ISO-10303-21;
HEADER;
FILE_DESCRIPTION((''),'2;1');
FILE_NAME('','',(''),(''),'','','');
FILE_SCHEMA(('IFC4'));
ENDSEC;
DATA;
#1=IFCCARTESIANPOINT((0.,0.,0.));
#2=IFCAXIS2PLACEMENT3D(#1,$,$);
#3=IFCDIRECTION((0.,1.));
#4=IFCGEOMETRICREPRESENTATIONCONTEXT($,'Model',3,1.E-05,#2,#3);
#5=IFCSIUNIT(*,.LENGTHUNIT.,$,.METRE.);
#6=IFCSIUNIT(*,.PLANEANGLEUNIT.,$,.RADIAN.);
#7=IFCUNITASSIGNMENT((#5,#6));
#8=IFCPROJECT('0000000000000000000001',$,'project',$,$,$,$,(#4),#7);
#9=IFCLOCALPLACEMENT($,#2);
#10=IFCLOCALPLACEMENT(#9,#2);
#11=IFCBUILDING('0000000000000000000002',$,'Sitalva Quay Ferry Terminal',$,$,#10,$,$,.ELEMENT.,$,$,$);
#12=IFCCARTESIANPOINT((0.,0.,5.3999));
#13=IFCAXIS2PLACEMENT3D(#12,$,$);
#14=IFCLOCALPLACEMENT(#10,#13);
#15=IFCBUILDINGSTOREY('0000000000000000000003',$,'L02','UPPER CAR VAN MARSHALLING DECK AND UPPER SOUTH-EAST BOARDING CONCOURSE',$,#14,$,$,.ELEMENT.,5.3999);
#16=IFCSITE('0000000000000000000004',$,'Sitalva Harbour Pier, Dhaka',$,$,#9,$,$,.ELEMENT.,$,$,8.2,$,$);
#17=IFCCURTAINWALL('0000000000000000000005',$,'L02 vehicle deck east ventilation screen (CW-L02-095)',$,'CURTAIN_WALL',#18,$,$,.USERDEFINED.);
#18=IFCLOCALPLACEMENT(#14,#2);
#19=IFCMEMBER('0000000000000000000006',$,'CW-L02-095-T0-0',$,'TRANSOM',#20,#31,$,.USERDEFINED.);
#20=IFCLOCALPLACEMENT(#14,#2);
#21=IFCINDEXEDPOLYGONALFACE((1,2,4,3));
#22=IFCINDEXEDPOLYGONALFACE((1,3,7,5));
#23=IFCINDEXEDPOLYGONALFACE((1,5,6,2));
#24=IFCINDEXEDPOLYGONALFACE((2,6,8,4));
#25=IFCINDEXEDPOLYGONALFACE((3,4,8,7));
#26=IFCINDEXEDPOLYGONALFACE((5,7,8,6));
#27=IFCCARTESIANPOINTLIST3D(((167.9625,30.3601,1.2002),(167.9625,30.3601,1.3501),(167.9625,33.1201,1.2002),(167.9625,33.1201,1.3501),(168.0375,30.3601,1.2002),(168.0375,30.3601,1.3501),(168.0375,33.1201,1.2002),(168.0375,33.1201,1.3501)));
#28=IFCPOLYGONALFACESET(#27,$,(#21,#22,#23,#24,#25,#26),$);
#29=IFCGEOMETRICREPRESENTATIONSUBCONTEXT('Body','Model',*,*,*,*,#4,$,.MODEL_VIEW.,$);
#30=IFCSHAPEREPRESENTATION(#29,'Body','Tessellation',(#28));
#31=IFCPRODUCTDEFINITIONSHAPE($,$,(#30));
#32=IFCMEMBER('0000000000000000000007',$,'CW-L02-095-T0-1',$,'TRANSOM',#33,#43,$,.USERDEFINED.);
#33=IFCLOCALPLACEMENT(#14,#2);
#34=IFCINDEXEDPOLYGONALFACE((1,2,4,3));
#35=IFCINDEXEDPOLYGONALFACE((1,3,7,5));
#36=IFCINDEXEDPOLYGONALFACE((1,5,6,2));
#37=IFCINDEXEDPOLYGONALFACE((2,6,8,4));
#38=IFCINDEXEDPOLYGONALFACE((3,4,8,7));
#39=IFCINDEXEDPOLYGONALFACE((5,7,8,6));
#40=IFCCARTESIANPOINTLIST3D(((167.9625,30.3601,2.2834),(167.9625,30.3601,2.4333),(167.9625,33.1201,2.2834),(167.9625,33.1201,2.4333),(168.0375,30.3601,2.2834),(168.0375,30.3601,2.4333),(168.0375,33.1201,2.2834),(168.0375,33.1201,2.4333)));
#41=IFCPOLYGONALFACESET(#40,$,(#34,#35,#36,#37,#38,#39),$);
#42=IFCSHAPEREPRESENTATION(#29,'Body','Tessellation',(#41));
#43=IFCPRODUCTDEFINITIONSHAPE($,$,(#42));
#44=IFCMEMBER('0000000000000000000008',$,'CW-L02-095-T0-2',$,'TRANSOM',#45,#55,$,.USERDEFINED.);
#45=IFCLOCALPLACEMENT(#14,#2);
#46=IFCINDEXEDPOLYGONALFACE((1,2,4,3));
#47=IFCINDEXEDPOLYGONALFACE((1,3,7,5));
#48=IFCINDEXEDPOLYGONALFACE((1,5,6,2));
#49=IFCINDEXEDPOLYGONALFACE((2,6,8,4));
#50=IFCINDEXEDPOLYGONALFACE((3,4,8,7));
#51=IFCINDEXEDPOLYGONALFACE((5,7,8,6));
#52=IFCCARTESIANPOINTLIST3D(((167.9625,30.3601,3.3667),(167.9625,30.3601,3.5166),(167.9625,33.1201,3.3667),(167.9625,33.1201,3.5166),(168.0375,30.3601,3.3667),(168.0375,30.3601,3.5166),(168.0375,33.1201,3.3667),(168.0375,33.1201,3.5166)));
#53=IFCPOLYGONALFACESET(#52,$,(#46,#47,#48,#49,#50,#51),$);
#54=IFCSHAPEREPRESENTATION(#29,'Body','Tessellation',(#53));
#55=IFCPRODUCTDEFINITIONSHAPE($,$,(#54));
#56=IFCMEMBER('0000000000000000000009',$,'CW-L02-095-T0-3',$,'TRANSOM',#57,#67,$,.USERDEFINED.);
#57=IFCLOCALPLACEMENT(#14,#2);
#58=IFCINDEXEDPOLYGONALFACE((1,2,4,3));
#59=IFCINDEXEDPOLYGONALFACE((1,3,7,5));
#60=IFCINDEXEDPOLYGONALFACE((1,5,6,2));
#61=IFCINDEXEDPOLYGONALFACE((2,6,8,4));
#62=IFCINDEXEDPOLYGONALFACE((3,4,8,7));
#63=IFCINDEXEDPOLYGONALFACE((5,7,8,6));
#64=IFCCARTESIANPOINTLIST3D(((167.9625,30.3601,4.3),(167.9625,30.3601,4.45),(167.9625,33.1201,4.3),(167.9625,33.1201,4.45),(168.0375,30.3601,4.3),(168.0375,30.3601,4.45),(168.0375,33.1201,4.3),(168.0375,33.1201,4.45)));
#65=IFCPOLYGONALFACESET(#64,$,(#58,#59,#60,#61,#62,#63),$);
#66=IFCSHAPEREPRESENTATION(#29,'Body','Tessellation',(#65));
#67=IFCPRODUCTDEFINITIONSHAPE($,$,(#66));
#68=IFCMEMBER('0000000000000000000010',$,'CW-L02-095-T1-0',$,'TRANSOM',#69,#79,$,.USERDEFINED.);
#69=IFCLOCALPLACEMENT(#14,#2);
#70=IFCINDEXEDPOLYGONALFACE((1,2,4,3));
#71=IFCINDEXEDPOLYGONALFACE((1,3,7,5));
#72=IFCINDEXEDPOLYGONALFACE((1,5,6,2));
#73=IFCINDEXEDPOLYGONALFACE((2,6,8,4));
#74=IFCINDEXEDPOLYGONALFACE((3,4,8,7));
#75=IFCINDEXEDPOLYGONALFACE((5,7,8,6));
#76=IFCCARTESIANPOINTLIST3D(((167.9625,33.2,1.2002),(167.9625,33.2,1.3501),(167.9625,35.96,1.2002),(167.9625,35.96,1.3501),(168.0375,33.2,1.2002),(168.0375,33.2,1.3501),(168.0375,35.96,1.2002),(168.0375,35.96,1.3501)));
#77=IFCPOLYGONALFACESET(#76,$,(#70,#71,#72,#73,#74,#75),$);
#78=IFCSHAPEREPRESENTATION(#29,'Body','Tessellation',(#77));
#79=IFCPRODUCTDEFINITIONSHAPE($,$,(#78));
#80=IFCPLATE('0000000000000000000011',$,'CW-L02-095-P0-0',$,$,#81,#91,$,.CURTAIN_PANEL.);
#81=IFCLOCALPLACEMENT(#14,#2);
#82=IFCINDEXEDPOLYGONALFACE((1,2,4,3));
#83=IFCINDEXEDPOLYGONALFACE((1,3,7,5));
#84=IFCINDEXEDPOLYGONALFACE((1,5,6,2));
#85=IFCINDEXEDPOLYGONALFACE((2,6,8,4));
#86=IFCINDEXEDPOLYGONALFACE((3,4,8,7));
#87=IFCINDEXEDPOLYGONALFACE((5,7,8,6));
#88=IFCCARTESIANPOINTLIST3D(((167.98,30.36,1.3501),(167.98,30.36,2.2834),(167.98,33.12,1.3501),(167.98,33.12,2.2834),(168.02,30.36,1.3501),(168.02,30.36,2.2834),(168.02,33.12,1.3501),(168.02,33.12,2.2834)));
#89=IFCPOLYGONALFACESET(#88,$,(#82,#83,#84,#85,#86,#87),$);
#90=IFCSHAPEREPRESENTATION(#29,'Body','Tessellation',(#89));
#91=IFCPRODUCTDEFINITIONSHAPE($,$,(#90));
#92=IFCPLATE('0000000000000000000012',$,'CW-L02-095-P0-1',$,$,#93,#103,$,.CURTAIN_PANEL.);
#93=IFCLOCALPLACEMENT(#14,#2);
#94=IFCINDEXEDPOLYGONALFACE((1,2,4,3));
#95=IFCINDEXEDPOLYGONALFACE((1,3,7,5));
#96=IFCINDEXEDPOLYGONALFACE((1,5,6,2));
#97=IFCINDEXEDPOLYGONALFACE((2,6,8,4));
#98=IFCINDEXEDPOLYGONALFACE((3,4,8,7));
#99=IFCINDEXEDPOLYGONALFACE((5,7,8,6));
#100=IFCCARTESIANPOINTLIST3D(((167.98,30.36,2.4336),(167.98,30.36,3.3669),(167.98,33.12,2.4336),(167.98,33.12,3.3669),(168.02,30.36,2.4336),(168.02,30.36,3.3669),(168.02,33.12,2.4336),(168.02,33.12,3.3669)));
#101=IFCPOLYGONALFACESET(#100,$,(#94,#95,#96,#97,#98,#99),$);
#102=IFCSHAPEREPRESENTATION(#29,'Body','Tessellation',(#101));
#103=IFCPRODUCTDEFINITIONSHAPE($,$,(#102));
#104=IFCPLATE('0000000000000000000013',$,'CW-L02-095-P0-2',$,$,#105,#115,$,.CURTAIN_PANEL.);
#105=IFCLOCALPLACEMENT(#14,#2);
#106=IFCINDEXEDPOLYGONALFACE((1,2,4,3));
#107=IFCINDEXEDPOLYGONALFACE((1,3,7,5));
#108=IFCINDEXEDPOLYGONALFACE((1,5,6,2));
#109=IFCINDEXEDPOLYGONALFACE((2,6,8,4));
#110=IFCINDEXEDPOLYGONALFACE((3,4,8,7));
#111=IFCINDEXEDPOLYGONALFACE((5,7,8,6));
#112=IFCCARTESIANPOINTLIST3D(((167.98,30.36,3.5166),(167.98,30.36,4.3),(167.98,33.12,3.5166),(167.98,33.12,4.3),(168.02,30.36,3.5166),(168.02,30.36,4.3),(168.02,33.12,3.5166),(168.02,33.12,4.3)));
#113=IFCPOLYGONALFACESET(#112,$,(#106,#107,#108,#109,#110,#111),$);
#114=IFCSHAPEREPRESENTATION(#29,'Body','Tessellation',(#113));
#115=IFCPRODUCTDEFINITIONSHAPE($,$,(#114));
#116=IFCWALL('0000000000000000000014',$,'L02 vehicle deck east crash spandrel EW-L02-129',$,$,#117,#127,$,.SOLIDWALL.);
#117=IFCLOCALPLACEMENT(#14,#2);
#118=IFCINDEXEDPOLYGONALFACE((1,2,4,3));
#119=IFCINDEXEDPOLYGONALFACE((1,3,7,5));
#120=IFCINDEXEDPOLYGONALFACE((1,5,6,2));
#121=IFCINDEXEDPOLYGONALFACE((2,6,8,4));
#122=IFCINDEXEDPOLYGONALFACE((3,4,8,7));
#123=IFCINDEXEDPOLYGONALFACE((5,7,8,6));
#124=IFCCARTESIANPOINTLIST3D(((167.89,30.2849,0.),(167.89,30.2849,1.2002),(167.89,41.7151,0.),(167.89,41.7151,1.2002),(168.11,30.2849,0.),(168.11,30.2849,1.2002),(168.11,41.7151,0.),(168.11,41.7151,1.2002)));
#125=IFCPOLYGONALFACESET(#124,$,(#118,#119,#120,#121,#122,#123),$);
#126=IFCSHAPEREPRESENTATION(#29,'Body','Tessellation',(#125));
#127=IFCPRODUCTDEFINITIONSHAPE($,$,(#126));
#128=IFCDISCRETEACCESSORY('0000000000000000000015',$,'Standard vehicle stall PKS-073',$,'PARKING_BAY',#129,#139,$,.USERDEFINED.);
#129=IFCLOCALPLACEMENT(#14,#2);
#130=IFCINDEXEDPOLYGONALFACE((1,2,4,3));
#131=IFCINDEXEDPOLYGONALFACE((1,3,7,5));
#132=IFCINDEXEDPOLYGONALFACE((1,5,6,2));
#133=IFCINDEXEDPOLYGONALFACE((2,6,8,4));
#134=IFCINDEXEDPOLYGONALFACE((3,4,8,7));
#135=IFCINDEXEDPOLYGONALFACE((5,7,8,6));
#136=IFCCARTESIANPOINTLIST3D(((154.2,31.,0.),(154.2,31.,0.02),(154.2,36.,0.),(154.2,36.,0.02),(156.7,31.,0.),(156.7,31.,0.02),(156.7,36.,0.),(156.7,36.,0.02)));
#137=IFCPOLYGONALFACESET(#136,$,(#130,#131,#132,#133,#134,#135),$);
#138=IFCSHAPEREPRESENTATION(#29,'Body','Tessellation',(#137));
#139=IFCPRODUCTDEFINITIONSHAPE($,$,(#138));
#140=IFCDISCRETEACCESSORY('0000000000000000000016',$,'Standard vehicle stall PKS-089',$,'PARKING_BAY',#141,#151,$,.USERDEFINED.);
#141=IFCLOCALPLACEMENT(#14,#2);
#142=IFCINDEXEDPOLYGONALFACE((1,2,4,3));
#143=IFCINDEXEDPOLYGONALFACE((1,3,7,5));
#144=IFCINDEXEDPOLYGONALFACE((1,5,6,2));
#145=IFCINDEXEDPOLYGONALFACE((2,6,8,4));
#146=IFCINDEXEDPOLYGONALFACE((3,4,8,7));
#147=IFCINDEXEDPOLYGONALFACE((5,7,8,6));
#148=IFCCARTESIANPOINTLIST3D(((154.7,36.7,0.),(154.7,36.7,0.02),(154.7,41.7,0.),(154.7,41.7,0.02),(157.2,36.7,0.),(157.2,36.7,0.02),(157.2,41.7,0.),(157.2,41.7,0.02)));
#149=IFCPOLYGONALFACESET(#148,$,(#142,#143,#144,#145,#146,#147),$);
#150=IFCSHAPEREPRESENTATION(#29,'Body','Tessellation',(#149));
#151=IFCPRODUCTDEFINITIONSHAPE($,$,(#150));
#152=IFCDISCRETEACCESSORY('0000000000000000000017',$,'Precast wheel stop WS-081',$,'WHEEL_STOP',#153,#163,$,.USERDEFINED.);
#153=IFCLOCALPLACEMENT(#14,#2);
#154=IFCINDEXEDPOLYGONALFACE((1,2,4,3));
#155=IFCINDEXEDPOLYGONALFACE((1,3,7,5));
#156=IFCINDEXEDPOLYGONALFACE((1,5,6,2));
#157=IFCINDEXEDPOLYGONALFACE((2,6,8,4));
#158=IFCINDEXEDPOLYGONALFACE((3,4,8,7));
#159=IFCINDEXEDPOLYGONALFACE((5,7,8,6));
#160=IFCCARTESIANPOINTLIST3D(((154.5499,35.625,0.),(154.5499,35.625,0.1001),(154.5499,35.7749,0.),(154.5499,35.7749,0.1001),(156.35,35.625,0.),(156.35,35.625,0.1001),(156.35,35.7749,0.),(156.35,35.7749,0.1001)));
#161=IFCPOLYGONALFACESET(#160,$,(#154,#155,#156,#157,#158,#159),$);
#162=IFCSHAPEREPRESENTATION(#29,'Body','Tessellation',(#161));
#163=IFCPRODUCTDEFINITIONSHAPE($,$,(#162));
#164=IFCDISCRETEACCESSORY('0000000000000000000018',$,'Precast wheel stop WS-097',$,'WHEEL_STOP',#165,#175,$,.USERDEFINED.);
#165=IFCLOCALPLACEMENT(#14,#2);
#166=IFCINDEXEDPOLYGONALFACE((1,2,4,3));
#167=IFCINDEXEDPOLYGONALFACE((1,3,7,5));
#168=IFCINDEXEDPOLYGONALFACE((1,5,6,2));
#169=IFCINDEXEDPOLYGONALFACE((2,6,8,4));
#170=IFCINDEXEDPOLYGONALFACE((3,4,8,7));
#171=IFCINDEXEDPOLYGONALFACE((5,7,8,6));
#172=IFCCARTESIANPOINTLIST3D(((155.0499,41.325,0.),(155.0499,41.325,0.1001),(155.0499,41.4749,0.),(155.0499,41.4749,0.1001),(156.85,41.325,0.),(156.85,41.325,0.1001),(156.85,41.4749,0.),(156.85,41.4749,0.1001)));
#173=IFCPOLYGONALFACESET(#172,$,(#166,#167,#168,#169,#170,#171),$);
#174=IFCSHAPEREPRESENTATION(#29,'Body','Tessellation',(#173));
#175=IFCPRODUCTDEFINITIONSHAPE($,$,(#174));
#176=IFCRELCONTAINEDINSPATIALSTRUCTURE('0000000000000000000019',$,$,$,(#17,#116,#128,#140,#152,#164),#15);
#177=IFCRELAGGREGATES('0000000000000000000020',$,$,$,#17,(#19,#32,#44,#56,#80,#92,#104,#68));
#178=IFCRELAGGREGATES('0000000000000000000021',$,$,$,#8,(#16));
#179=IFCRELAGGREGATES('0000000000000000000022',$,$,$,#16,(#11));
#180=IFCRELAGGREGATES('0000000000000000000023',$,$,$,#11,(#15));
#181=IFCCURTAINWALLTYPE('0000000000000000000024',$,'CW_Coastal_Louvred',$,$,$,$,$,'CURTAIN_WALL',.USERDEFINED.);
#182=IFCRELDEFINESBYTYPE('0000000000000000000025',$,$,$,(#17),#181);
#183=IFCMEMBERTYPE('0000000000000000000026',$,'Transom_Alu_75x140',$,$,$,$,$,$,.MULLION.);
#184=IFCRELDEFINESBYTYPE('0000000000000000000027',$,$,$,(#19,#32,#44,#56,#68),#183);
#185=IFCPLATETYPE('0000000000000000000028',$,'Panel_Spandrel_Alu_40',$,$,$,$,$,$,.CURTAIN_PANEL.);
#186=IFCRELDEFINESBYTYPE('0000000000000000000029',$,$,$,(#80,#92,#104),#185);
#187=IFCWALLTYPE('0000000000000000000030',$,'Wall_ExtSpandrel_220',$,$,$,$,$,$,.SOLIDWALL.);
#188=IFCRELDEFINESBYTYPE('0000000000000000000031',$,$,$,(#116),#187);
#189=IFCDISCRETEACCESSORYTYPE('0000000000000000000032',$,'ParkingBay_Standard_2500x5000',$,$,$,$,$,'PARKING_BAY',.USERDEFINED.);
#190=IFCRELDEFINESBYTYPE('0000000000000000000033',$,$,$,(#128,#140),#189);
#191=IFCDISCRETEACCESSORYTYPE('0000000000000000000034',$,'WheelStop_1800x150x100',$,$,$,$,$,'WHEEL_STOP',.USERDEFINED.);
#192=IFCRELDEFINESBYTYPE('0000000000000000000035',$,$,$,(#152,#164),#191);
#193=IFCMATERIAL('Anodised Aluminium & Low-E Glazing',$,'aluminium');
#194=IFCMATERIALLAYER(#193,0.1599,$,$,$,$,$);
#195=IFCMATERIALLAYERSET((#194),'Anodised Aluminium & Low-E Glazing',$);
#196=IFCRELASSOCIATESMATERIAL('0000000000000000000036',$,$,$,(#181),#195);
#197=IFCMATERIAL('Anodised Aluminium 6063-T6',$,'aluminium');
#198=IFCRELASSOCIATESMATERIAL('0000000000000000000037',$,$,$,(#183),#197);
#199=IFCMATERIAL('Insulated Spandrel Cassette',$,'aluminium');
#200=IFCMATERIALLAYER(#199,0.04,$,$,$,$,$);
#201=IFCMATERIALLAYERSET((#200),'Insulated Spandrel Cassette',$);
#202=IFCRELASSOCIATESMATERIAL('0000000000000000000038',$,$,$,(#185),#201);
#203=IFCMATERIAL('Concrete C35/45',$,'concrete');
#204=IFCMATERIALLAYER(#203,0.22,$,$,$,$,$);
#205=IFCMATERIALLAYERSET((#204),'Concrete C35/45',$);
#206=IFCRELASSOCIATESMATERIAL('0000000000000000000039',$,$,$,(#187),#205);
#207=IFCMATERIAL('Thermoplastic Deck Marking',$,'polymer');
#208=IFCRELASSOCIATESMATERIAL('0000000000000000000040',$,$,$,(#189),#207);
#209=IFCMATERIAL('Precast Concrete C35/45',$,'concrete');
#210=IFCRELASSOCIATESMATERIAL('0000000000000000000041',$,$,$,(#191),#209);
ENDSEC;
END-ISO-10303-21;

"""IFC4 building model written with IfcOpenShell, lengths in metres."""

from ifc_helpers import new_model, si_unit, direction, frame, frame_2d, origin, origin_2d, place, context, subcontext, project, spatial, rectangle, extrude, material, layer, layer_set, material_profile, profile_set, type_object, element, aggregate, save


model = new_model("IFC4")

# Units and contexts
model_context = context("Model", 3, precision=1e-05, world=origin(), true_north=direction((0.0, 1.0)))
body_context = subcontext(model_context, "Body", "Model", "MODEL_VIEW")
ifc_project = project(units=[si_unit("LENGTHUNIT", "METRE"), si_unit("PLANEANGLEUNIT", "RADIAN")], contexts=[model_context])

# Site, building, storey
site_placement = place(None, origin())
site = spatial("IfcSite", under=ifc_project, at=site_placement, Name="Sitalva Harbour Pier, Dhaka", CompositionType="ELEMENT", RefElevation=8.2)
building_placement = place(site_placement, origin())
building = spatial("IfcBuilding", under=site, at=building_placement, Name="Sitalva Quay Ferry Terminal", CompositionType="ELEMENT")
storey_placement = place(building_placement, frame((0.0, 0.0, 5.3999)))
storey = spatial("IfcBuildingStorey", under=building, at=storey_placement, Name="L02", Description="UPPER CAR VAN MARSHALLING DECK AND UPPER SOUTH-EAST BOARDING CONCOURSE", CompositionType="ELEMENT", Elevation=5.3999)

# Shared definitions
ifc_material_1 = material(Name="Anodised Aluminium & Low-E Glazing", Category="aluminium")
ifc_layer_1 = layer(ifc_material_1, 0.1599)
ifc_layer_set_1 = layer_set([ifc_layer_1], Name="Anodised Aluminium & Low-E Glazing")
curtain_wall_type = type_object("IfcCurtainWallType", Name="CW_Coastal_Louvred", ElementType="CURTAIN_WALL", PredefinedType="USERDEFINED", material=ifc_layer_set_1)

# Curtain wall, members, plates
curtain_wall_1_placement = place(storey_placement, origin())
curtain_wall_1 = element("IfcCurtainWall", 1, at=curtain_wall_1_placement, inside=storey, type_object=curtain_wall_type, Name="L02 vehicle deck east ventilation screen (CW-L02-095)", ObjectType="CURTAIN_WALL", PredefinedType="USERDEFINED")
ifc_material_2 = material(Name="Anodised Aluminium 6063-T6", Category="aluminium")
ifc_material_profile_1 = material_profile(ifc_material_2, rectangle(XDim=0.075, YDim=0.1499, at=origin_2d()), Name="ALU75x150")
ifc_profile_set_1 = profile_set([ifc_material_profile_1], Name="Anodised Aluminium 6063-T6")
member_type_1 = type_object("IfcMemberType", Name="Transom_Alu_75x140", PredefinedType="MULLION", material=ifc_profile_set_1)
member_1_placement = place(storey_placement, frame((168.0, 30.3601, 1.2751), z_axis=(0.0, 1.0, 0.0), x_axis=(-1.0, 0.0, 0.0)))
member_1 = element("IfcMember", 2, at=member_1_placement, type_object=member_type_1, Name="CW-L02-095-T0-0", ObjectType="TRANSOM", PredefinedType="USERDEFINED", context=body_context, shape_type="SweptSolid", body=[
    extrude(rectangle(XDim=0.075, YDim=0.1499, at=origin_2d()), origin(), (0.0, 0.0, 1.0), 2.76),
])
member_2_placement = place(storey_placement, frame((168.0, 30.3601, 2.3584), z_axis=(0.0, 1.0, 0.0), x_axis=(-1.0, 0.0, 0.0)))
member_2 = element("IfcMember", 3, at=member_2_placement, type_object=member_type_1, Name="CW-L02-095-T0-1", ObjectType="TRANSOM", PredefinedType="USERDEFINED", context=body_context, shape_type="SweptSolid", body=[
    extrude(rectangle(XDim=0.075, YDim=0.1499, at=origin_2d()), origin(), (0.0, 0.0, 1.0), 2.76),
])
member_3_placement = place(storey_placement, frame((168.0, 30.3601, 3.4417), z_axis=(0.0, 1.0, 0.0), x_axis=(-1.0, 0.0, 0.0)))
member_3 = element("IfcMember", 4, at=member_3_placement, type_object=member_type_1, Name="CW-L02-095-T0-2", ObjectType="TRANSOM", PredefinedType="USERDEFINED", context=body_context, shape_type="SweptSolid", body=[
    extrude(rectangle(XDim=0.075, YDim=0.1499, at=origin_2d()), origin(), (0.0, 0.0, 1.0), 2.76),
])
member_4_placement = place(storey_placement, frame((168.0, 30.3601, 4.375), z_axis=(0.0, 1.0, 0.0), x_axis=(-1.0, 0.0, 0.0)))
member_4 = element("IfcMember", 5, at=member_4_placement, type_object=member_type_1, Name="CW-L02-095-T0-3", ObjectType="TRANSOM", PredefinedType="USERDEFINED", context=body_context, shape_type="SweptSolid", body=[
    extrude(rectangle(XDim=0.075, YDim=0.1499, at=origin_2d()), origin(), (0.0, 0.0, 1.0), 2.76),
])
member_5_placement = place(storey_placement, frame((168.0, 33.2, 1.2751), z_axis=(0.0, 1.0, 0.0), x_axis=(-1.0, 0.0, 0.0)))
member_5 = element("IfcMember", 6, at=member_5_placement, type_object=member_type_1, Name="CW-L02-095-T1-0", ObjectType="TRANSOM", PredefinedType="USERDEFINED", context=body_context, shape_type="SweptSolid", body=[
    extrude(rectangle(XDim=0.075, YDim=0.1499, at=origin_2d()), origin(), (0.0, 0.0, 1.0), 2.76),
])
ifc_material_3 = material(Name="Insulated Spandrel Cassette", Category="aluminium")
ifc_layer_2 = layer(ifc_material_3, 0.04)
ifc_layer_set_2 = layer_set([ifc_layer_2], Name="Insulated Spandrel Cassette")
plate_type = type_object("IfcPlateType", Name="Panel_Spandrel_Alu_40", PredefinedType="CURTAIN_PANEL", material=ifc_layer_set_2)
plate_1_placement = place(storey_placement, frame((168.0, 31.74, 1.3501), z_axis=(0.0, 0.0, 1.0), x_axis=(0.0, 1.0, 0.0)))
plate_1 = element("IfcPlate", 7, at=plate_1_placement, type_object=plate_type, Name="CW-L02-095-P0-0", PredefinedType="CURTAIN_PANEL", context=body_context, shape_type="SweptSolid", body=[
    extrude(rectangle(XDim=2.76, YDim=0.04, at=origin_2d()), origin(), (0.0, 0.0, 1.0), 0.9333),
])
plate_2_placement = place(storey_placement, frame((168.0, 31.74, 2.4336), z_axis=(0.0, 0.0, 1.0), x_axis=(0.0, 1.0, 0.0)))
plate_2 = element("IfcPlate", 8, at=plate_2_placement, type_object=plate_type, Name="CW-L02-095-P0-1", PredefinedType="CURTAIN_PANEL", context=body_context, shape_type="SweptSolid", body=[
    extrude(rectangle(XDim=2.76, YDim=0.04, at=origin_2d()), origin(), (0.0, 0.0, 1.0), 0.9333),
])
plate_3_placement = place(storey_placement, frame((168.0, 31.74, 3.5166), z_axis=(0.0, 0.0, 1.0), x_axis=(0.0, 1.0, 0.0)))
plate_3 = element("IfcPlate", 9, at=plate_3_placement, type_object=plate_type, Name="CW-L02-095-P0-2", PredefinedType="CURTAIN_PANEL", context=body_context, shape_type="SweptSolid", body=[
    extrude(rectangle(XDim=2.76, YDim=0.04, at=origin_2d()), origin(), (0.0, 0.0, 1.0), 0.7834),
])
aggregate(curtain_wall_1, [member_1, member_2, member_3, member_4, plate_1, plate_2, plate_3, member_5])

# Wall
ifc_material_4 = material(Name="Concrete C35/45", Category="concrete")
ifc_layer_3 = layer(ifc_material_4, 0.22)
ifc_layer_set_3 = layer_set([ifc_layer_3], Name="Concrete C35/45")
wall_type = type_object("IfcWallType", Name="Wall_ExtSpandrel_220", PredefinedType="SOLIDWALL", material=ifc_layer_set_3)
wall_placement = place(storey_placement, frame((168.0, 30.2849, 0.0), z_axis=(0.0, 0.0, 1.0), x_axis=(0.0, 1.0, 0.0)))
element("IfcWall", 10, at=wall_placement, inside=storey, type_object=wall_type, Name="L02 vehicle deck east crash spandrel EW-L02-129", PredefinedType="SOLIDWALL", context=body_context, shape_type="SweptSolid", body=[
    extrude(rectangle(XDim=11.4302, YDim=0.22, at=frame_2d((5.7151, 0.0))), origin(), (0.0, 0.0, 1.0), 1.2002),
])

# Discrete accessories
ifc_material_5 = material(Name="Thermoplastic Deck Marking", Category="polymer")
discrete_accessory_type_1 = type_object("IfcDiscreteAccessoryType", Name="ParkingBay_Standard_2500x5000", ElementType="PARKING_BAY", PredefinedType="USERDEFINED", material=ifc_material_5)
for number, where, z_axis, x_axis, name in (
    (11, (155.45, 33.5, 0.0), (0.0, 0.0, 1.0), (1.0, 0.0, 0.0), "Standard vehicle stall PKS-073"),
    (12, (155.95, 39.2, 0.0), (0.0, 0.0, 1.0), (1.0, 0.0, 0.0), "Standard vehicle stall PKS-089"),
):
    element("IfcDiscreteAccessory", number, at=place(storey_placement, frame(where, z_axis=z_axis, x_axis=x_axis)), inside=storey, type_object=discrete_accessory_type_1, Name=name, ObjectType="PARKING_BAY", PredefinedType="USERDEFINED", context=body_context, shape_type="SweptSolid", body=[
        extrude(rectangle(XDim=2.5, YDim=5.0, at=origin_2d()), origin(), (0.0, 0.0, 1.0), 0.02),
    ])
ifc_material_6 = material(Name="Precast Concrete C35/45", Category="concrete")
discrete_accessory_type_2 = type_object("IfcDiscreteAccessoryType", Name="WheelStop_1800x150x100", ElementType="WHEEL_STOP", PredefinedType="USERDEFINED", material=ifc_material_6)
for number, where, z_axis, x_axis, name in (
    (13, (155.45, 35.7, 0.0), (0.0, 0.0, 1.0), (1.0, 0.0, 0.0), "Precast wheel stop WS-081"),
    (14, (155.95, 41.3999, 0.0), (0.0, 0.0, 1.0), (1.0, 0.0, 0.0), "Precast wheel stop WS-097"),
):
    element("IfcDiscreteAccessory", number, at=place(storey_placement, frame(where, z_axis=z_axis, x_axis=x_axis)), inside=storey, type_object=discrete_accessory_type_2, Name=name, ObjectType="WHEEL_STOP", PredefinedType="USERDEFINED", context=body_context, shape_type="SweptSolid", body=[
        extrude(rectangle(XDim=1.8, YDim=0.1499, at=origin_2d()), origin(), (0.0, 0.0, 1.0), 0.1001),
    ])

save(model, "model.ifc")
